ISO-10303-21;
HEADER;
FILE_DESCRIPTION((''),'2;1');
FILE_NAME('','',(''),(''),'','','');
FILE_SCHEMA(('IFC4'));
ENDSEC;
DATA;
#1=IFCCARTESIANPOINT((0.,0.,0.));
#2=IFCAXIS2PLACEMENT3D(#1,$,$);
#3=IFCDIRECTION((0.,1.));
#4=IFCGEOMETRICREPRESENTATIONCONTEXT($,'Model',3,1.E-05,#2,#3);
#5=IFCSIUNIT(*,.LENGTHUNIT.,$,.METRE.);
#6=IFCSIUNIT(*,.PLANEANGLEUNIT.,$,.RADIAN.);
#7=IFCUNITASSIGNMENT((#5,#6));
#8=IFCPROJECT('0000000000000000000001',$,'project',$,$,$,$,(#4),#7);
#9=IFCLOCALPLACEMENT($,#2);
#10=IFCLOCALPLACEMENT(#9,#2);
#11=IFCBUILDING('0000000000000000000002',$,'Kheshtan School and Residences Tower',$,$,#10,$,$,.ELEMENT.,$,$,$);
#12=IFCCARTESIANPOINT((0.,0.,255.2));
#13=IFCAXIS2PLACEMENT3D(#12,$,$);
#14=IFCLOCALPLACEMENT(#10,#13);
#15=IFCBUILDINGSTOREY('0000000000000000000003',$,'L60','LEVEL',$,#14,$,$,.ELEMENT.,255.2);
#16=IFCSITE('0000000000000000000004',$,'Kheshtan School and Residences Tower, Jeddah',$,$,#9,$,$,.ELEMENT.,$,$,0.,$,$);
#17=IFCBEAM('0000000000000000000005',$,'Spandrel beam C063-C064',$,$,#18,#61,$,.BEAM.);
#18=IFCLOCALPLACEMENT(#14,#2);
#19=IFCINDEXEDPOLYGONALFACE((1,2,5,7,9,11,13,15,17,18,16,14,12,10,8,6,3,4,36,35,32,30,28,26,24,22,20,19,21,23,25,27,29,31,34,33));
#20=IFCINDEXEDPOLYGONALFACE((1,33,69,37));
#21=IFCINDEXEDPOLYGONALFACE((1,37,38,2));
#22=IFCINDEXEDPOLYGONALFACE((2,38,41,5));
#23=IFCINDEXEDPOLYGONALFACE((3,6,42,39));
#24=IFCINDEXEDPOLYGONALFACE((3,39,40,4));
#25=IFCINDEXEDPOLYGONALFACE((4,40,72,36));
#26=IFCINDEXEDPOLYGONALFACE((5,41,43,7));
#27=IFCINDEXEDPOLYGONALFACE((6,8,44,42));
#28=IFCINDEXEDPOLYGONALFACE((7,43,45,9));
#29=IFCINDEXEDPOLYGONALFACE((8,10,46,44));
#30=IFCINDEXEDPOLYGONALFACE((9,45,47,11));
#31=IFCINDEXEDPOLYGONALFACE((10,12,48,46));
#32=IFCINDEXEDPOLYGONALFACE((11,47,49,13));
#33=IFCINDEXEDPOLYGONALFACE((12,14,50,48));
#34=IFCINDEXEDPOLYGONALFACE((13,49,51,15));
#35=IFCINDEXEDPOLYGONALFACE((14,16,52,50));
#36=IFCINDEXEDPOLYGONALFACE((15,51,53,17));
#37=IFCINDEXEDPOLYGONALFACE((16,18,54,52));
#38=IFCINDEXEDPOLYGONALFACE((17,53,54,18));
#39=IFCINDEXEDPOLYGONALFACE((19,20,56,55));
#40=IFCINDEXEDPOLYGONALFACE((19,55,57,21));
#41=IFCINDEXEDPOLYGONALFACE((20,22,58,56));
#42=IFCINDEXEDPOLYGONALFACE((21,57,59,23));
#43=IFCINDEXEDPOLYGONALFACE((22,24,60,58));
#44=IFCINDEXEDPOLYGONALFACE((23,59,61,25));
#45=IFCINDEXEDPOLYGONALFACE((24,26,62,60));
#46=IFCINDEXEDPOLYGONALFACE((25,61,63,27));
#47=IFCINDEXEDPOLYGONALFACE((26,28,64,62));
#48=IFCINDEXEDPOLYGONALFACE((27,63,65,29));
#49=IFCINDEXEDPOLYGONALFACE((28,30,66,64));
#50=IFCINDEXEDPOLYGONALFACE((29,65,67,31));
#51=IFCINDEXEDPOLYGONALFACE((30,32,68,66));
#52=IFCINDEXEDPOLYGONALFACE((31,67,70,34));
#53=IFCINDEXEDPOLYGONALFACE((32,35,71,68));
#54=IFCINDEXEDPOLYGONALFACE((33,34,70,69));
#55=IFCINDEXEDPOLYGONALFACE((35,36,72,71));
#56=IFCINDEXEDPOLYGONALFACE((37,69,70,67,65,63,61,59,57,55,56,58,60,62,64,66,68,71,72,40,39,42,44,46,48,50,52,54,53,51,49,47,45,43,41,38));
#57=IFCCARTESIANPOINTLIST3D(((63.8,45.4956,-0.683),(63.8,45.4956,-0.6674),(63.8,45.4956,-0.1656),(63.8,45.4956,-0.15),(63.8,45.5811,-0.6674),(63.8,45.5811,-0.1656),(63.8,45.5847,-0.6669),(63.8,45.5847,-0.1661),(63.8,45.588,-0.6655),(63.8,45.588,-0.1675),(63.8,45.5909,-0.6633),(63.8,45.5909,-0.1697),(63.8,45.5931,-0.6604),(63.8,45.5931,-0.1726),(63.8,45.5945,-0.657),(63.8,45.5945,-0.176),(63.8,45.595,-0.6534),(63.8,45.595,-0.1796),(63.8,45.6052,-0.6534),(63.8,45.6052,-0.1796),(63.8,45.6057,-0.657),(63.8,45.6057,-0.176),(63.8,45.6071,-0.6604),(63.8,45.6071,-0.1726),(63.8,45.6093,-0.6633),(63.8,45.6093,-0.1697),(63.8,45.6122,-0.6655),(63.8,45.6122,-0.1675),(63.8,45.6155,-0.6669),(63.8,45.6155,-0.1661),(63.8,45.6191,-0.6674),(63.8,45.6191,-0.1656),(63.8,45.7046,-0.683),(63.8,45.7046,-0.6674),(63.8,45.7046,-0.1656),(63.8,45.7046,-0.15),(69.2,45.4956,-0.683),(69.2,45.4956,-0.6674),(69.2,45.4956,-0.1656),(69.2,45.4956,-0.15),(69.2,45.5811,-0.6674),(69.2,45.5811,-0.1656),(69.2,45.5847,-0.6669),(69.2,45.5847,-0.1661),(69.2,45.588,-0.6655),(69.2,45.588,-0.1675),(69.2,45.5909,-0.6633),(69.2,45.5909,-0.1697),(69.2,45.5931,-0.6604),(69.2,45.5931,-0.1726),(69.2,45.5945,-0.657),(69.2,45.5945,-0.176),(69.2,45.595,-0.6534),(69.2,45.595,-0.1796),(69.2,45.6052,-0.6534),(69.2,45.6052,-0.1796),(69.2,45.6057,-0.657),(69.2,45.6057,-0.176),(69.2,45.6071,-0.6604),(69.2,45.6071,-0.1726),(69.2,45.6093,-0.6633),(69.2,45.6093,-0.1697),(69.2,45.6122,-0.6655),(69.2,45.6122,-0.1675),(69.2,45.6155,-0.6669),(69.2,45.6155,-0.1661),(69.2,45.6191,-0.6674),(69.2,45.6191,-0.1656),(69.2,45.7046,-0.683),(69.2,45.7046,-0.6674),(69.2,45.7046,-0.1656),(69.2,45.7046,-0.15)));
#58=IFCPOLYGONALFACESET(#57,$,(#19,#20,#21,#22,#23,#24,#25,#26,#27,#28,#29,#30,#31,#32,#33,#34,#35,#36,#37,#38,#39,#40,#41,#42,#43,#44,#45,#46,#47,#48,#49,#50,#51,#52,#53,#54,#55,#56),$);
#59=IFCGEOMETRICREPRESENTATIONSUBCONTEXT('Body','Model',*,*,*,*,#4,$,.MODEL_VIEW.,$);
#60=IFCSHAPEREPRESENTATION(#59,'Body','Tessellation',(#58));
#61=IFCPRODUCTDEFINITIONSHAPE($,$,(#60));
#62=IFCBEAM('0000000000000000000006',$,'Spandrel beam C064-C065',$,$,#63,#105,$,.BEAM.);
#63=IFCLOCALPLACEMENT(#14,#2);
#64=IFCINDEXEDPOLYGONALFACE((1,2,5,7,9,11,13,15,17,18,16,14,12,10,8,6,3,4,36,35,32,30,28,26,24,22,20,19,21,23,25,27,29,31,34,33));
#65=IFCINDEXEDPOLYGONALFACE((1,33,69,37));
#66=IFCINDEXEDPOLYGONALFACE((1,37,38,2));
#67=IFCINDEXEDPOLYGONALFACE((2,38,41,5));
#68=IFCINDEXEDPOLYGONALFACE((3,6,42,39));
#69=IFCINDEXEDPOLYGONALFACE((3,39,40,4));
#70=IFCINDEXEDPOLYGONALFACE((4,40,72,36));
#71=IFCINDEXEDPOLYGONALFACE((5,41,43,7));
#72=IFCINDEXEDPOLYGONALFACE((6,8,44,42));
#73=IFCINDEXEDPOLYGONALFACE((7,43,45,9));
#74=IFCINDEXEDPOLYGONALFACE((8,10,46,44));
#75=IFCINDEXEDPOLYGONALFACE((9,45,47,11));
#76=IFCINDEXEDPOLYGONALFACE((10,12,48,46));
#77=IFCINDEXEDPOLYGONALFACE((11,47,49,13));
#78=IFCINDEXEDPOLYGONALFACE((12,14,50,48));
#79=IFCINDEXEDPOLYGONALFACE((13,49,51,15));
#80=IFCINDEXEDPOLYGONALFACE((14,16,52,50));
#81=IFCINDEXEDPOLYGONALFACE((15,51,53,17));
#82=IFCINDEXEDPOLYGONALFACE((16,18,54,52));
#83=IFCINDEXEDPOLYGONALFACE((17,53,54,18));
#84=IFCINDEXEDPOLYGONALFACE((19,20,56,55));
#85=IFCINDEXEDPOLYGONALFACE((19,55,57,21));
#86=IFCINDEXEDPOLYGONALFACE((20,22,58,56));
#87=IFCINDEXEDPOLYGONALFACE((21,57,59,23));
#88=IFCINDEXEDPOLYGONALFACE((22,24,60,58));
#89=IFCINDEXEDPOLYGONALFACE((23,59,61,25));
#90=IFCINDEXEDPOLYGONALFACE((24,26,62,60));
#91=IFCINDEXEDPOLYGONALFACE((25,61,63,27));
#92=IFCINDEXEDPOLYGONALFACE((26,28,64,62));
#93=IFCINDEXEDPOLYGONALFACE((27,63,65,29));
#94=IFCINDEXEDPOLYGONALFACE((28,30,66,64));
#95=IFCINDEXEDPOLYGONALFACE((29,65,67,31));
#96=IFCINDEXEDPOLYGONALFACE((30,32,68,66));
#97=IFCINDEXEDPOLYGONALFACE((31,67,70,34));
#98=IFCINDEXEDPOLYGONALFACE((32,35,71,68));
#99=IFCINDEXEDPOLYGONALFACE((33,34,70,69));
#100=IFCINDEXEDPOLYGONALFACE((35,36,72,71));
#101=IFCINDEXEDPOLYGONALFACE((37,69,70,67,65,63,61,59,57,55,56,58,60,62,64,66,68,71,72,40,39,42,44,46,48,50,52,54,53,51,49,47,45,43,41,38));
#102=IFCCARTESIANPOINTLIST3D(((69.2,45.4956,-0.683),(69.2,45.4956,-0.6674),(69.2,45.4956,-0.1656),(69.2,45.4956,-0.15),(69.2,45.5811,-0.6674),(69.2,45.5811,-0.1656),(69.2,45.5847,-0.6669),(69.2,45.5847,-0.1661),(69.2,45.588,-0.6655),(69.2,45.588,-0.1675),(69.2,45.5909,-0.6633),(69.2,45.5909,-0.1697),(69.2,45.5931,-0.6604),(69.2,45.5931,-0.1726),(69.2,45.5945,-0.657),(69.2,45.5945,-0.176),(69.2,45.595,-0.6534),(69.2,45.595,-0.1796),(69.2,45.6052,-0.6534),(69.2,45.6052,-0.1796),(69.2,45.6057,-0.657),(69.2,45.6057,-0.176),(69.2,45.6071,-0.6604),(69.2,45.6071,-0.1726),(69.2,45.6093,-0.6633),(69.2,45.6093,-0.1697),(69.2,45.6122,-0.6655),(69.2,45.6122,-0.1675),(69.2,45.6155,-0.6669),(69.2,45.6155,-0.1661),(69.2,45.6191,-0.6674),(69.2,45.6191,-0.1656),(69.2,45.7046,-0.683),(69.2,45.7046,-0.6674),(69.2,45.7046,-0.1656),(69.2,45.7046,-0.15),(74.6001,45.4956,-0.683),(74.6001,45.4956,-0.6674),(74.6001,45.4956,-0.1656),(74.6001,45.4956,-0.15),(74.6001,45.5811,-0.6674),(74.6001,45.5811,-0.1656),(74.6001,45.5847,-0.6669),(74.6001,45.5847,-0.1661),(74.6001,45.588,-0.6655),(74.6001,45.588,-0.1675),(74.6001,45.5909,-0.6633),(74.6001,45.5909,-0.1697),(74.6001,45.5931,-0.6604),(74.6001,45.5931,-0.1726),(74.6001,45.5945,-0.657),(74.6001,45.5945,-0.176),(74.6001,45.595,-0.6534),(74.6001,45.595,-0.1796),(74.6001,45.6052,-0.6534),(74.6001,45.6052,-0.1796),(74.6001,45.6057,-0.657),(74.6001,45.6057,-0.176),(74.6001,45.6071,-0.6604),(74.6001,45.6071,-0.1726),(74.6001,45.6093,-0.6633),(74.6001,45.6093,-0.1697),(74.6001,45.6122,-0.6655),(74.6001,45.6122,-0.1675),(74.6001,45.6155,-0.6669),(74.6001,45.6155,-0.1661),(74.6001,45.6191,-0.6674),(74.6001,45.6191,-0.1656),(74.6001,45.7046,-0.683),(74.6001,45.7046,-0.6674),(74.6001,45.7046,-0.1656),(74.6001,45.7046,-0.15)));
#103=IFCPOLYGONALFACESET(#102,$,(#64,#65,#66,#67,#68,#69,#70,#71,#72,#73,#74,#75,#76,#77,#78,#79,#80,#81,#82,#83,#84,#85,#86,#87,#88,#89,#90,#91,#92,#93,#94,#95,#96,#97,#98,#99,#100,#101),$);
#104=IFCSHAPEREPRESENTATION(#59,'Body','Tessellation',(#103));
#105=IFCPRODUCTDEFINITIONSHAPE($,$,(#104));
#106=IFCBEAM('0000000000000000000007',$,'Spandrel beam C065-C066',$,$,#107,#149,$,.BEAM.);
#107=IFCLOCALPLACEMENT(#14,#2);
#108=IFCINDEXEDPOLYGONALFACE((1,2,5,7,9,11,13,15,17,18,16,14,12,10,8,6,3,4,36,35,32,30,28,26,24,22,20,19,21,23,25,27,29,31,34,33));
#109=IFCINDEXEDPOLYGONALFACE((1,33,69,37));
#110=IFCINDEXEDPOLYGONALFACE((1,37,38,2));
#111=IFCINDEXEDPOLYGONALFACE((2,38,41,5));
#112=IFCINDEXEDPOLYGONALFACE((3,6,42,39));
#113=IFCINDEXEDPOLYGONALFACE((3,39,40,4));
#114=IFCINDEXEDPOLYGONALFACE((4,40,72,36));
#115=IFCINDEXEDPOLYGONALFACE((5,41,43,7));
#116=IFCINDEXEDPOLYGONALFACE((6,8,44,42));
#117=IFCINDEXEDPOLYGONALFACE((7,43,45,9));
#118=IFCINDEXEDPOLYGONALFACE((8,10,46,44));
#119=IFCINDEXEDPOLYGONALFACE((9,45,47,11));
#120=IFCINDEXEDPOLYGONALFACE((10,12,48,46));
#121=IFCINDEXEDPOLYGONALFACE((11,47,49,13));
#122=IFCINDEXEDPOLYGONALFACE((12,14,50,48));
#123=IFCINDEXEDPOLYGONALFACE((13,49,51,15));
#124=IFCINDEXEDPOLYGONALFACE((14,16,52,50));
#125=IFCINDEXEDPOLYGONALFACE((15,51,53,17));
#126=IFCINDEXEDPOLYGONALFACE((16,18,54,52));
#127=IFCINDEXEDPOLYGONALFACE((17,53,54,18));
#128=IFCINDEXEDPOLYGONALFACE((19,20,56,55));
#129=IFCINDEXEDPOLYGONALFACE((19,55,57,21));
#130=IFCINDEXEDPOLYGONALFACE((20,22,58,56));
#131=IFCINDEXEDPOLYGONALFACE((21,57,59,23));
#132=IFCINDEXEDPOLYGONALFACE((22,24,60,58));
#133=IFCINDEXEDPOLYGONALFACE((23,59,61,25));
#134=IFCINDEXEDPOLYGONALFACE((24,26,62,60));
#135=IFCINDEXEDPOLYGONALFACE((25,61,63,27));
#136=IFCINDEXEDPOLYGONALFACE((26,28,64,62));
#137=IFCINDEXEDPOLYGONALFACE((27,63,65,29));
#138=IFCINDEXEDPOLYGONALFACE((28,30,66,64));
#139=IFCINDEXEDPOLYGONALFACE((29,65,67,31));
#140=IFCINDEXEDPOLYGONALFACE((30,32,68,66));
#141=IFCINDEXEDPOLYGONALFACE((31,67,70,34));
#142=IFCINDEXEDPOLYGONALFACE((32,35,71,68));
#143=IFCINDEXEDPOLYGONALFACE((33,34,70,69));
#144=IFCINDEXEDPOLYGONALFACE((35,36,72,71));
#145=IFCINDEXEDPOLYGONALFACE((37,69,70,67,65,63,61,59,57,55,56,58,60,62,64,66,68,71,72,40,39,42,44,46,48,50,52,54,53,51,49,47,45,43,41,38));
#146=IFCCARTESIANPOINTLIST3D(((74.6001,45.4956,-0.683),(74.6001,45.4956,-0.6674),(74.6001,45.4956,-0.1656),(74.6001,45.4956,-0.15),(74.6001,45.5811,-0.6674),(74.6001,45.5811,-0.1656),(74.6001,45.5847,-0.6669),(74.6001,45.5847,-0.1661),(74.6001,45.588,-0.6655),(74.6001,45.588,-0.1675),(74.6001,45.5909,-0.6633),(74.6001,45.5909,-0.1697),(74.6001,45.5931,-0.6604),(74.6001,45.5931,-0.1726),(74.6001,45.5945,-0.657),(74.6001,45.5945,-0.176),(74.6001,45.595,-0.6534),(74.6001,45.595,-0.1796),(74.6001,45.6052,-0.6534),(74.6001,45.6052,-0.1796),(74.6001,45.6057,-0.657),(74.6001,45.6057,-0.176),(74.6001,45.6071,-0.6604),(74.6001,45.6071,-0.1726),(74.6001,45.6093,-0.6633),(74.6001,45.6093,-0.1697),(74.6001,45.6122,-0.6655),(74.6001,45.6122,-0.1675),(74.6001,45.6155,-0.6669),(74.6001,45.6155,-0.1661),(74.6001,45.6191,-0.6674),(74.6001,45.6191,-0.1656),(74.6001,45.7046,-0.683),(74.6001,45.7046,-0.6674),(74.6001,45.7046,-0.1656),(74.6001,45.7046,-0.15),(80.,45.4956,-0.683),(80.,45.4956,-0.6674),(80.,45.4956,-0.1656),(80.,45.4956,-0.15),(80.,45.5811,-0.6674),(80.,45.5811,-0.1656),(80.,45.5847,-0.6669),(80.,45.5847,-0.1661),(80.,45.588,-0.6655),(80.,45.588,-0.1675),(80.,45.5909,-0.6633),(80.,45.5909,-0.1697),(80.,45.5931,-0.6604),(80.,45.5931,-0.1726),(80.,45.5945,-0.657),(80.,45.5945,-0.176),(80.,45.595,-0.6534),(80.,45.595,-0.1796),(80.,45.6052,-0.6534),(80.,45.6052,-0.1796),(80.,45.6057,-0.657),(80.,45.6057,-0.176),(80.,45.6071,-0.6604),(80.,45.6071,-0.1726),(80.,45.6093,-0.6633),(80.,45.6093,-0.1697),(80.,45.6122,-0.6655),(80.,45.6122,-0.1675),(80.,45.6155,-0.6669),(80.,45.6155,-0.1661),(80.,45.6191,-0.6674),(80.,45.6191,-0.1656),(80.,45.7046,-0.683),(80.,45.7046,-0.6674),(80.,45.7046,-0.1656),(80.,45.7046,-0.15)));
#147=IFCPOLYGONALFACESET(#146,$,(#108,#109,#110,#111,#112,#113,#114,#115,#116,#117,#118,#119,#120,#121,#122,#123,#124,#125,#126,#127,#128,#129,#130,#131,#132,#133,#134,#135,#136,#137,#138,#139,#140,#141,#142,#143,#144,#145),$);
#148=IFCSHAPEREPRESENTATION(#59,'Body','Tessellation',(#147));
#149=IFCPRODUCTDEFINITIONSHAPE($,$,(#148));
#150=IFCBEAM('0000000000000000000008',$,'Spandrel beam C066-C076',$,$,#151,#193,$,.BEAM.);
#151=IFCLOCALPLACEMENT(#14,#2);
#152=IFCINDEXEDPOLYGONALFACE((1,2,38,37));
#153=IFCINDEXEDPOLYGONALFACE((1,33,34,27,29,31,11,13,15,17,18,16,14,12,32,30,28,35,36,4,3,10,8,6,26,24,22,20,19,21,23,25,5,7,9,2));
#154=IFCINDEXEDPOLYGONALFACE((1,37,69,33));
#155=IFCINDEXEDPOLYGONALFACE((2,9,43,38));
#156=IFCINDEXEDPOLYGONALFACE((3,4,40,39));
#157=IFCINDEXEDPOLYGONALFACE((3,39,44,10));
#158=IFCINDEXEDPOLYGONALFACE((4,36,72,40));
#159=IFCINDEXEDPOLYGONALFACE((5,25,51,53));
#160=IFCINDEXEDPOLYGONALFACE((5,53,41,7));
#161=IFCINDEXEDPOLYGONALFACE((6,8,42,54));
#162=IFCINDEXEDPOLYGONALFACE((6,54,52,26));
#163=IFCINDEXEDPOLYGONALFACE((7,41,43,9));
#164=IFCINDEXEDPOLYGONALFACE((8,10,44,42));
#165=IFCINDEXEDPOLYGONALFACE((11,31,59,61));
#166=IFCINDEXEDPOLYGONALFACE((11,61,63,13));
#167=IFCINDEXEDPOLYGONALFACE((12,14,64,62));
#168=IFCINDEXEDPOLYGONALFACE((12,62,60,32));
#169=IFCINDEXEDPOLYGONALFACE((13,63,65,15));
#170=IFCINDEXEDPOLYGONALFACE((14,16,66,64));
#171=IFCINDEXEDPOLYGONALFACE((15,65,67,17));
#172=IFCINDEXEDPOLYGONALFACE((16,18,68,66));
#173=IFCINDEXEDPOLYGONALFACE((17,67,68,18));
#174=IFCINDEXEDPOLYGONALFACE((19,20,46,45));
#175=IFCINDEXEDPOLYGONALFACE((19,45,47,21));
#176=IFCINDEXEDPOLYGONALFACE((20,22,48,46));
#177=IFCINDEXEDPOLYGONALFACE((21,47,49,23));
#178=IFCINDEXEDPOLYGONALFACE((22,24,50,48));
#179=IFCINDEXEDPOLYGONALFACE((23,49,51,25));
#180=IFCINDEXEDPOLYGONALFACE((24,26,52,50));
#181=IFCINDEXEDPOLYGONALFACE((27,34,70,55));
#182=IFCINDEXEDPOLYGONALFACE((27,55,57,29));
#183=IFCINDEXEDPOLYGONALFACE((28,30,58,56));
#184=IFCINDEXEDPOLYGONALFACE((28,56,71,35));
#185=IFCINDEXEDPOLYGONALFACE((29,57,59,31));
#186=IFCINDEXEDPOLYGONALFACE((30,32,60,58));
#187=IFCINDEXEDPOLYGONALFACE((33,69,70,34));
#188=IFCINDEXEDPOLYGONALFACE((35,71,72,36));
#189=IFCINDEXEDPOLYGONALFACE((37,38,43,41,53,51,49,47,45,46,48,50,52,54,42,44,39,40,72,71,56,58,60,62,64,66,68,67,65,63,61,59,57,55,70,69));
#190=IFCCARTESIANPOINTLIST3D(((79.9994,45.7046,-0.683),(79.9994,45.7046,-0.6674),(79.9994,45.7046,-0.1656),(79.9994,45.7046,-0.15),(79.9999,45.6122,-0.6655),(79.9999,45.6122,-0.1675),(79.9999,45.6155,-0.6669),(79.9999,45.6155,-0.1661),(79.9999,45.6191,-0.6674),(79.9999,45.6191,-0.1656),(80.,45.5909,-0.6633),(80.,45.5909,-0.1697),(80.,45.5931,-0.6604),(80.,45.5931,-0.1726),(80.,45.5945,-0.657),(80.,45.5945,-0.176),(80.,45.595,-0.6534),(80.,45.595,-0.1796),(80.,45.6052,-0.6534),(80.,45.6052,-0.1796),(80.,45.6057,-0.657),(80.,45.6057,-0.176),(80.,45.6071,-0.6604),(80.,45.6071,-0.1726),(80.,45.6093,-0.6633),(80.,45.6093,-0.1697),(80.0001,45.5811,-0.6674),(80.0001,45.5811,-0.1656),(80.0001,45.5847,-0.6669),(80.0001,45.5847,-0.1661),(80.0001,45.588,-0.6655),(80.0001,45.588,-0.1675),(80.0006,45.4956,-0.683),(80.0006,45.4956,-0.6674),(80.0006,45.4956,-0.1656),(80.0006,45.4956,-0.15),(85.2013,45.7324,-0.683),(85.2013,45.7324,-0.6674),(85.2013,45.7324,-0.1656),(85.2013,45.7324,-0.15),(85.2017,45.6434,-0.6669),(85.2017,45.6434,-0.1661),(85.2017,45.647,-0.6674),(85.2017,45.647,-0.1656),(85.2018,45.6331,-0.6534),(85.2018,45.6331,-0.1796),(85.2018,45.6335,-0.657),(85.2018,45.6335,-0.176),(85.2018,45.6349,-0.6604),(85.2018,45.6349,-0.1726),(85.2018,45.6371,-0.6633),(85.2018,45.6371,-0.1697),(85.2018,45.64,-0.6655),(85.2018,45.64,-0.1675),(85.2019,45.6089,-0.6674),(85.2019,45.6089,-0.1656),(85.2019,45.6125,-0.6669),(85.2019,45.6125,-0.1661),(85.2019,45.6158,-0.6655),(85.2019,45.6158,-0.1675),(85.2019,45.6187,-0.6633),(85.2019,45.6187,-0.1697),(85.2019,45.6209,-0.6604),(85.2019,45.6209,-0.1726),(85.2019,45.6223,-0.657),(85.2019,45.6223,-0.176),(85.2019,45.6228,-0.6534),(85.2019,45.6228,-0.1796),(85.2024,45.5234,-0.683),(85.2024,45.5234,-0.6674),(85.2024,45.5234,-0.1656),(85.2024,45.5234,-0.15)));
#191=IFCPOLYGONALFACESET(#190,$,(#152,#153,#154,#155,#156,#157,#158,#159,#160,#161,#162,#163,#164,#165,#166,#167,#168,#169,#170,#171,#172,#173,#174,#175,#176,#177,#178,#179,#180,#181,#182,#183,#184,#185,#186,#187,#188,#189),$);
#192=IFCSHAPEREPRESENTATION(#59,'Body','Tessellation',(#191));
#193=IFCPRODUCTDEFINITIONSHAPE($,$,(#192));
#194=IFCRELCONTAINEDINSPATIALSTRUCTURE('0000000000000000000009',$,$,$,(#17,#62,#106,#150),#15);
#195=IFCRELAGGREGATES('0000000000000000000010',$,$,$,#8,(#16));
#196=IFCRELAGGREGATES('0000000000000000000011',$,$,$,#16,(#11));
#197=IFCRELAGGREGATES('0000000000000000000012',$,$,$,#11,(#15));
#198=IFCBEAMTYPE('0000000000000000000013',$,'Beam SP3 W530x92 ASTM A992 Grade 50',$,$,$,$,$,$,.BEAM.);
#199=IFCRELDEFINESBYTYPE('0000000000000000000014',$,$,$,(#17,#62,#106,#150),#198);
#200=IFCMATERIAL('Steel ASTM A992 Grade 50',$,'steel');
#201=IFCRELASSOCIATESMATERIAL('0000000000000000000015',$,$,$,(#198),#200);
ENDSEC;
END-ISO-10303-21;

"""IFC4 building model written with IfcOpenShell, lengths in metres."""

from ifc_helpers import new_model, si_unit, direction, frame, origin, origin_2d, place, context, subcontext, project, spatial, i_section, extrude, material, material_profile, profile_set, type_object, element, save


model = new_model("IFC4")

# Units and contexts
model_context = context("Model", 3, precision=1e-05, world=origin(), true_north=direction((0.0, 1.0)))
body_context = subcontext(model_context, "Body", "Model", "MODEL_VIEW")
ifc_project = project(units=[si_unit("LENGTHUNIT", "METRE"), si_unit("PLANEANGLEUNIT", "RADIAN")], contexts=[model_context])

# Site, building, storey
site_placement = place(None, origin())
site = spatial("IfcSite", under=ifc_project, at=site_placement, Name="Kheshtan School and Residences Tower, Jeddah", CompositionType="ELEMENT", RefElevation=0.0)
building_placement = place(site_placement, origin())
building = spatial("IfcBuilding", under=site, at=building_placement, Name="Kheshtan School and Residences Tower", CompositionType="ELEMENT")
storey_placement = place(building_placement, frame((0.0, 0.0, 255.2)))
storey = spatial("IfcBuildingStorey", under=building, at=storey_placement, Name="L60", Description="LEVEL", CompositionType="ELEMENT", Elevation=255.2)

# Shared definitions
ifc_material_1 = material(Name="Steel ASTM A992 Grade 50", Category="steel")

# Beams
ifc_material_profile_1 = material_profile(ifc_material_1, i_section(OverallWidth=0.209, OverallDepth=0.533, WebThickness=0.0103, FlangeThickness=0.0156, FilletRadius=0.0139, at=origin_2d()), Name="W530x92")
ifc_profile_set_1 = profile_set([ifc_material_profile_1], Name="Steel ASTM A992 Grade 50")
beam_type_1 = type_object("IfcBeamType", Name="Beam SP3 W530x92 ASTM A992 Grade 50", PredefinedType="BEAM", material=ifc_profile_set_1)
beam_1_placement = place(storey_placement, frame((63.8, 45.6001, -0.4165), z_axis=(1.0, 0.0, 0.0), x_axis=(0.0, 1.0, 0.0)))
element("IfcBeam", 1, at=beam_1_placement, inside=storey, type_object=beam_type_1, Name="Spandrel beam C063-C064", PredefinedType="BEAM", context=body_context, shape_type="SweptSolid", body=[
    extrude(i_section(OverallWidth=0.209, OverallDepth=0.533, WebThickness=0.0103, FlangeThickness=0.0156, FilletRadius=0.0139, at=origin_2d()), origin(), (0.0, 0.0, 1.0), 5.3999),
])
beam_2_placement = place(storey_placement, frame((69.2, 45.6001, -0.4165), z_axis=(1.0, 0.0, 0.0), x_axis=(0.0, 1.0, 0.0)))
element("IfcBeam", 2, at=beam_2_placement, inside=storey, type_object=beam_type_1, Name="Spandrel beam C064-C065", PredefinedType="BEAM", context=body_context, shape_type="SweptSolid", body=[
    extrude(i_section(OverallWidth=0.209, OverallDepth=0.533, WebThickness=0.0103, FlangeThickness=0.0156, FilletRadius=0.0139, at=origin_2d()), origin(), (0.0, 0.0, 1.0), 5.4001),
])
beam_3_placement = place(storey_placement, frame((74.6001, 45.6001, -0.4165), z_axis=(1.0, 0.0, 0.0), x_axis=(0.0, 1.0, 0.0)))
element("IfcBeam", 3, at=beam_3_placement, inside=storey, type_object=beam_type_1, Name="Spandrel beam C065-C066", PredefinedType="BEAM", context=body_context, shape_type="SweptSolid", body=[
    extrude(i_section(OverallWidth=0.209, OverallDepth=0.533, WebThickness=0.0103, FlangeThickness=0.0156, FilletRadius=0.0139, at=origin_2d()), origin(), (0.0, 0.0, 1.0), 5.3999),
])
beam_4_placement = place(storey_placement, frame((80.0, 45.6001, -0.4165), z_axis=(0.999986, 0.00535, 0.0), x_axis=(-0.00535, 0.999986, 0.0)))
element("IfcBeam", 4, at=beam_4_placement, inside=storey, type_object=beam_type_1, Name="Spandrel beam C066-C076", PredefinedType="BEAM", context=body_context, shape_type="SweptSolid", body=[
    extrude(i_section(OverallWidth=0.209, OverallDepth=0.533, WebThickness=0.0103, FlangeThickness=0.0156, FilletRadius=0.0139, at=origin_2d()), origin(), (0.0, 0.0, 1.0), 5.2019),
])

save(model, "model.ifc")
